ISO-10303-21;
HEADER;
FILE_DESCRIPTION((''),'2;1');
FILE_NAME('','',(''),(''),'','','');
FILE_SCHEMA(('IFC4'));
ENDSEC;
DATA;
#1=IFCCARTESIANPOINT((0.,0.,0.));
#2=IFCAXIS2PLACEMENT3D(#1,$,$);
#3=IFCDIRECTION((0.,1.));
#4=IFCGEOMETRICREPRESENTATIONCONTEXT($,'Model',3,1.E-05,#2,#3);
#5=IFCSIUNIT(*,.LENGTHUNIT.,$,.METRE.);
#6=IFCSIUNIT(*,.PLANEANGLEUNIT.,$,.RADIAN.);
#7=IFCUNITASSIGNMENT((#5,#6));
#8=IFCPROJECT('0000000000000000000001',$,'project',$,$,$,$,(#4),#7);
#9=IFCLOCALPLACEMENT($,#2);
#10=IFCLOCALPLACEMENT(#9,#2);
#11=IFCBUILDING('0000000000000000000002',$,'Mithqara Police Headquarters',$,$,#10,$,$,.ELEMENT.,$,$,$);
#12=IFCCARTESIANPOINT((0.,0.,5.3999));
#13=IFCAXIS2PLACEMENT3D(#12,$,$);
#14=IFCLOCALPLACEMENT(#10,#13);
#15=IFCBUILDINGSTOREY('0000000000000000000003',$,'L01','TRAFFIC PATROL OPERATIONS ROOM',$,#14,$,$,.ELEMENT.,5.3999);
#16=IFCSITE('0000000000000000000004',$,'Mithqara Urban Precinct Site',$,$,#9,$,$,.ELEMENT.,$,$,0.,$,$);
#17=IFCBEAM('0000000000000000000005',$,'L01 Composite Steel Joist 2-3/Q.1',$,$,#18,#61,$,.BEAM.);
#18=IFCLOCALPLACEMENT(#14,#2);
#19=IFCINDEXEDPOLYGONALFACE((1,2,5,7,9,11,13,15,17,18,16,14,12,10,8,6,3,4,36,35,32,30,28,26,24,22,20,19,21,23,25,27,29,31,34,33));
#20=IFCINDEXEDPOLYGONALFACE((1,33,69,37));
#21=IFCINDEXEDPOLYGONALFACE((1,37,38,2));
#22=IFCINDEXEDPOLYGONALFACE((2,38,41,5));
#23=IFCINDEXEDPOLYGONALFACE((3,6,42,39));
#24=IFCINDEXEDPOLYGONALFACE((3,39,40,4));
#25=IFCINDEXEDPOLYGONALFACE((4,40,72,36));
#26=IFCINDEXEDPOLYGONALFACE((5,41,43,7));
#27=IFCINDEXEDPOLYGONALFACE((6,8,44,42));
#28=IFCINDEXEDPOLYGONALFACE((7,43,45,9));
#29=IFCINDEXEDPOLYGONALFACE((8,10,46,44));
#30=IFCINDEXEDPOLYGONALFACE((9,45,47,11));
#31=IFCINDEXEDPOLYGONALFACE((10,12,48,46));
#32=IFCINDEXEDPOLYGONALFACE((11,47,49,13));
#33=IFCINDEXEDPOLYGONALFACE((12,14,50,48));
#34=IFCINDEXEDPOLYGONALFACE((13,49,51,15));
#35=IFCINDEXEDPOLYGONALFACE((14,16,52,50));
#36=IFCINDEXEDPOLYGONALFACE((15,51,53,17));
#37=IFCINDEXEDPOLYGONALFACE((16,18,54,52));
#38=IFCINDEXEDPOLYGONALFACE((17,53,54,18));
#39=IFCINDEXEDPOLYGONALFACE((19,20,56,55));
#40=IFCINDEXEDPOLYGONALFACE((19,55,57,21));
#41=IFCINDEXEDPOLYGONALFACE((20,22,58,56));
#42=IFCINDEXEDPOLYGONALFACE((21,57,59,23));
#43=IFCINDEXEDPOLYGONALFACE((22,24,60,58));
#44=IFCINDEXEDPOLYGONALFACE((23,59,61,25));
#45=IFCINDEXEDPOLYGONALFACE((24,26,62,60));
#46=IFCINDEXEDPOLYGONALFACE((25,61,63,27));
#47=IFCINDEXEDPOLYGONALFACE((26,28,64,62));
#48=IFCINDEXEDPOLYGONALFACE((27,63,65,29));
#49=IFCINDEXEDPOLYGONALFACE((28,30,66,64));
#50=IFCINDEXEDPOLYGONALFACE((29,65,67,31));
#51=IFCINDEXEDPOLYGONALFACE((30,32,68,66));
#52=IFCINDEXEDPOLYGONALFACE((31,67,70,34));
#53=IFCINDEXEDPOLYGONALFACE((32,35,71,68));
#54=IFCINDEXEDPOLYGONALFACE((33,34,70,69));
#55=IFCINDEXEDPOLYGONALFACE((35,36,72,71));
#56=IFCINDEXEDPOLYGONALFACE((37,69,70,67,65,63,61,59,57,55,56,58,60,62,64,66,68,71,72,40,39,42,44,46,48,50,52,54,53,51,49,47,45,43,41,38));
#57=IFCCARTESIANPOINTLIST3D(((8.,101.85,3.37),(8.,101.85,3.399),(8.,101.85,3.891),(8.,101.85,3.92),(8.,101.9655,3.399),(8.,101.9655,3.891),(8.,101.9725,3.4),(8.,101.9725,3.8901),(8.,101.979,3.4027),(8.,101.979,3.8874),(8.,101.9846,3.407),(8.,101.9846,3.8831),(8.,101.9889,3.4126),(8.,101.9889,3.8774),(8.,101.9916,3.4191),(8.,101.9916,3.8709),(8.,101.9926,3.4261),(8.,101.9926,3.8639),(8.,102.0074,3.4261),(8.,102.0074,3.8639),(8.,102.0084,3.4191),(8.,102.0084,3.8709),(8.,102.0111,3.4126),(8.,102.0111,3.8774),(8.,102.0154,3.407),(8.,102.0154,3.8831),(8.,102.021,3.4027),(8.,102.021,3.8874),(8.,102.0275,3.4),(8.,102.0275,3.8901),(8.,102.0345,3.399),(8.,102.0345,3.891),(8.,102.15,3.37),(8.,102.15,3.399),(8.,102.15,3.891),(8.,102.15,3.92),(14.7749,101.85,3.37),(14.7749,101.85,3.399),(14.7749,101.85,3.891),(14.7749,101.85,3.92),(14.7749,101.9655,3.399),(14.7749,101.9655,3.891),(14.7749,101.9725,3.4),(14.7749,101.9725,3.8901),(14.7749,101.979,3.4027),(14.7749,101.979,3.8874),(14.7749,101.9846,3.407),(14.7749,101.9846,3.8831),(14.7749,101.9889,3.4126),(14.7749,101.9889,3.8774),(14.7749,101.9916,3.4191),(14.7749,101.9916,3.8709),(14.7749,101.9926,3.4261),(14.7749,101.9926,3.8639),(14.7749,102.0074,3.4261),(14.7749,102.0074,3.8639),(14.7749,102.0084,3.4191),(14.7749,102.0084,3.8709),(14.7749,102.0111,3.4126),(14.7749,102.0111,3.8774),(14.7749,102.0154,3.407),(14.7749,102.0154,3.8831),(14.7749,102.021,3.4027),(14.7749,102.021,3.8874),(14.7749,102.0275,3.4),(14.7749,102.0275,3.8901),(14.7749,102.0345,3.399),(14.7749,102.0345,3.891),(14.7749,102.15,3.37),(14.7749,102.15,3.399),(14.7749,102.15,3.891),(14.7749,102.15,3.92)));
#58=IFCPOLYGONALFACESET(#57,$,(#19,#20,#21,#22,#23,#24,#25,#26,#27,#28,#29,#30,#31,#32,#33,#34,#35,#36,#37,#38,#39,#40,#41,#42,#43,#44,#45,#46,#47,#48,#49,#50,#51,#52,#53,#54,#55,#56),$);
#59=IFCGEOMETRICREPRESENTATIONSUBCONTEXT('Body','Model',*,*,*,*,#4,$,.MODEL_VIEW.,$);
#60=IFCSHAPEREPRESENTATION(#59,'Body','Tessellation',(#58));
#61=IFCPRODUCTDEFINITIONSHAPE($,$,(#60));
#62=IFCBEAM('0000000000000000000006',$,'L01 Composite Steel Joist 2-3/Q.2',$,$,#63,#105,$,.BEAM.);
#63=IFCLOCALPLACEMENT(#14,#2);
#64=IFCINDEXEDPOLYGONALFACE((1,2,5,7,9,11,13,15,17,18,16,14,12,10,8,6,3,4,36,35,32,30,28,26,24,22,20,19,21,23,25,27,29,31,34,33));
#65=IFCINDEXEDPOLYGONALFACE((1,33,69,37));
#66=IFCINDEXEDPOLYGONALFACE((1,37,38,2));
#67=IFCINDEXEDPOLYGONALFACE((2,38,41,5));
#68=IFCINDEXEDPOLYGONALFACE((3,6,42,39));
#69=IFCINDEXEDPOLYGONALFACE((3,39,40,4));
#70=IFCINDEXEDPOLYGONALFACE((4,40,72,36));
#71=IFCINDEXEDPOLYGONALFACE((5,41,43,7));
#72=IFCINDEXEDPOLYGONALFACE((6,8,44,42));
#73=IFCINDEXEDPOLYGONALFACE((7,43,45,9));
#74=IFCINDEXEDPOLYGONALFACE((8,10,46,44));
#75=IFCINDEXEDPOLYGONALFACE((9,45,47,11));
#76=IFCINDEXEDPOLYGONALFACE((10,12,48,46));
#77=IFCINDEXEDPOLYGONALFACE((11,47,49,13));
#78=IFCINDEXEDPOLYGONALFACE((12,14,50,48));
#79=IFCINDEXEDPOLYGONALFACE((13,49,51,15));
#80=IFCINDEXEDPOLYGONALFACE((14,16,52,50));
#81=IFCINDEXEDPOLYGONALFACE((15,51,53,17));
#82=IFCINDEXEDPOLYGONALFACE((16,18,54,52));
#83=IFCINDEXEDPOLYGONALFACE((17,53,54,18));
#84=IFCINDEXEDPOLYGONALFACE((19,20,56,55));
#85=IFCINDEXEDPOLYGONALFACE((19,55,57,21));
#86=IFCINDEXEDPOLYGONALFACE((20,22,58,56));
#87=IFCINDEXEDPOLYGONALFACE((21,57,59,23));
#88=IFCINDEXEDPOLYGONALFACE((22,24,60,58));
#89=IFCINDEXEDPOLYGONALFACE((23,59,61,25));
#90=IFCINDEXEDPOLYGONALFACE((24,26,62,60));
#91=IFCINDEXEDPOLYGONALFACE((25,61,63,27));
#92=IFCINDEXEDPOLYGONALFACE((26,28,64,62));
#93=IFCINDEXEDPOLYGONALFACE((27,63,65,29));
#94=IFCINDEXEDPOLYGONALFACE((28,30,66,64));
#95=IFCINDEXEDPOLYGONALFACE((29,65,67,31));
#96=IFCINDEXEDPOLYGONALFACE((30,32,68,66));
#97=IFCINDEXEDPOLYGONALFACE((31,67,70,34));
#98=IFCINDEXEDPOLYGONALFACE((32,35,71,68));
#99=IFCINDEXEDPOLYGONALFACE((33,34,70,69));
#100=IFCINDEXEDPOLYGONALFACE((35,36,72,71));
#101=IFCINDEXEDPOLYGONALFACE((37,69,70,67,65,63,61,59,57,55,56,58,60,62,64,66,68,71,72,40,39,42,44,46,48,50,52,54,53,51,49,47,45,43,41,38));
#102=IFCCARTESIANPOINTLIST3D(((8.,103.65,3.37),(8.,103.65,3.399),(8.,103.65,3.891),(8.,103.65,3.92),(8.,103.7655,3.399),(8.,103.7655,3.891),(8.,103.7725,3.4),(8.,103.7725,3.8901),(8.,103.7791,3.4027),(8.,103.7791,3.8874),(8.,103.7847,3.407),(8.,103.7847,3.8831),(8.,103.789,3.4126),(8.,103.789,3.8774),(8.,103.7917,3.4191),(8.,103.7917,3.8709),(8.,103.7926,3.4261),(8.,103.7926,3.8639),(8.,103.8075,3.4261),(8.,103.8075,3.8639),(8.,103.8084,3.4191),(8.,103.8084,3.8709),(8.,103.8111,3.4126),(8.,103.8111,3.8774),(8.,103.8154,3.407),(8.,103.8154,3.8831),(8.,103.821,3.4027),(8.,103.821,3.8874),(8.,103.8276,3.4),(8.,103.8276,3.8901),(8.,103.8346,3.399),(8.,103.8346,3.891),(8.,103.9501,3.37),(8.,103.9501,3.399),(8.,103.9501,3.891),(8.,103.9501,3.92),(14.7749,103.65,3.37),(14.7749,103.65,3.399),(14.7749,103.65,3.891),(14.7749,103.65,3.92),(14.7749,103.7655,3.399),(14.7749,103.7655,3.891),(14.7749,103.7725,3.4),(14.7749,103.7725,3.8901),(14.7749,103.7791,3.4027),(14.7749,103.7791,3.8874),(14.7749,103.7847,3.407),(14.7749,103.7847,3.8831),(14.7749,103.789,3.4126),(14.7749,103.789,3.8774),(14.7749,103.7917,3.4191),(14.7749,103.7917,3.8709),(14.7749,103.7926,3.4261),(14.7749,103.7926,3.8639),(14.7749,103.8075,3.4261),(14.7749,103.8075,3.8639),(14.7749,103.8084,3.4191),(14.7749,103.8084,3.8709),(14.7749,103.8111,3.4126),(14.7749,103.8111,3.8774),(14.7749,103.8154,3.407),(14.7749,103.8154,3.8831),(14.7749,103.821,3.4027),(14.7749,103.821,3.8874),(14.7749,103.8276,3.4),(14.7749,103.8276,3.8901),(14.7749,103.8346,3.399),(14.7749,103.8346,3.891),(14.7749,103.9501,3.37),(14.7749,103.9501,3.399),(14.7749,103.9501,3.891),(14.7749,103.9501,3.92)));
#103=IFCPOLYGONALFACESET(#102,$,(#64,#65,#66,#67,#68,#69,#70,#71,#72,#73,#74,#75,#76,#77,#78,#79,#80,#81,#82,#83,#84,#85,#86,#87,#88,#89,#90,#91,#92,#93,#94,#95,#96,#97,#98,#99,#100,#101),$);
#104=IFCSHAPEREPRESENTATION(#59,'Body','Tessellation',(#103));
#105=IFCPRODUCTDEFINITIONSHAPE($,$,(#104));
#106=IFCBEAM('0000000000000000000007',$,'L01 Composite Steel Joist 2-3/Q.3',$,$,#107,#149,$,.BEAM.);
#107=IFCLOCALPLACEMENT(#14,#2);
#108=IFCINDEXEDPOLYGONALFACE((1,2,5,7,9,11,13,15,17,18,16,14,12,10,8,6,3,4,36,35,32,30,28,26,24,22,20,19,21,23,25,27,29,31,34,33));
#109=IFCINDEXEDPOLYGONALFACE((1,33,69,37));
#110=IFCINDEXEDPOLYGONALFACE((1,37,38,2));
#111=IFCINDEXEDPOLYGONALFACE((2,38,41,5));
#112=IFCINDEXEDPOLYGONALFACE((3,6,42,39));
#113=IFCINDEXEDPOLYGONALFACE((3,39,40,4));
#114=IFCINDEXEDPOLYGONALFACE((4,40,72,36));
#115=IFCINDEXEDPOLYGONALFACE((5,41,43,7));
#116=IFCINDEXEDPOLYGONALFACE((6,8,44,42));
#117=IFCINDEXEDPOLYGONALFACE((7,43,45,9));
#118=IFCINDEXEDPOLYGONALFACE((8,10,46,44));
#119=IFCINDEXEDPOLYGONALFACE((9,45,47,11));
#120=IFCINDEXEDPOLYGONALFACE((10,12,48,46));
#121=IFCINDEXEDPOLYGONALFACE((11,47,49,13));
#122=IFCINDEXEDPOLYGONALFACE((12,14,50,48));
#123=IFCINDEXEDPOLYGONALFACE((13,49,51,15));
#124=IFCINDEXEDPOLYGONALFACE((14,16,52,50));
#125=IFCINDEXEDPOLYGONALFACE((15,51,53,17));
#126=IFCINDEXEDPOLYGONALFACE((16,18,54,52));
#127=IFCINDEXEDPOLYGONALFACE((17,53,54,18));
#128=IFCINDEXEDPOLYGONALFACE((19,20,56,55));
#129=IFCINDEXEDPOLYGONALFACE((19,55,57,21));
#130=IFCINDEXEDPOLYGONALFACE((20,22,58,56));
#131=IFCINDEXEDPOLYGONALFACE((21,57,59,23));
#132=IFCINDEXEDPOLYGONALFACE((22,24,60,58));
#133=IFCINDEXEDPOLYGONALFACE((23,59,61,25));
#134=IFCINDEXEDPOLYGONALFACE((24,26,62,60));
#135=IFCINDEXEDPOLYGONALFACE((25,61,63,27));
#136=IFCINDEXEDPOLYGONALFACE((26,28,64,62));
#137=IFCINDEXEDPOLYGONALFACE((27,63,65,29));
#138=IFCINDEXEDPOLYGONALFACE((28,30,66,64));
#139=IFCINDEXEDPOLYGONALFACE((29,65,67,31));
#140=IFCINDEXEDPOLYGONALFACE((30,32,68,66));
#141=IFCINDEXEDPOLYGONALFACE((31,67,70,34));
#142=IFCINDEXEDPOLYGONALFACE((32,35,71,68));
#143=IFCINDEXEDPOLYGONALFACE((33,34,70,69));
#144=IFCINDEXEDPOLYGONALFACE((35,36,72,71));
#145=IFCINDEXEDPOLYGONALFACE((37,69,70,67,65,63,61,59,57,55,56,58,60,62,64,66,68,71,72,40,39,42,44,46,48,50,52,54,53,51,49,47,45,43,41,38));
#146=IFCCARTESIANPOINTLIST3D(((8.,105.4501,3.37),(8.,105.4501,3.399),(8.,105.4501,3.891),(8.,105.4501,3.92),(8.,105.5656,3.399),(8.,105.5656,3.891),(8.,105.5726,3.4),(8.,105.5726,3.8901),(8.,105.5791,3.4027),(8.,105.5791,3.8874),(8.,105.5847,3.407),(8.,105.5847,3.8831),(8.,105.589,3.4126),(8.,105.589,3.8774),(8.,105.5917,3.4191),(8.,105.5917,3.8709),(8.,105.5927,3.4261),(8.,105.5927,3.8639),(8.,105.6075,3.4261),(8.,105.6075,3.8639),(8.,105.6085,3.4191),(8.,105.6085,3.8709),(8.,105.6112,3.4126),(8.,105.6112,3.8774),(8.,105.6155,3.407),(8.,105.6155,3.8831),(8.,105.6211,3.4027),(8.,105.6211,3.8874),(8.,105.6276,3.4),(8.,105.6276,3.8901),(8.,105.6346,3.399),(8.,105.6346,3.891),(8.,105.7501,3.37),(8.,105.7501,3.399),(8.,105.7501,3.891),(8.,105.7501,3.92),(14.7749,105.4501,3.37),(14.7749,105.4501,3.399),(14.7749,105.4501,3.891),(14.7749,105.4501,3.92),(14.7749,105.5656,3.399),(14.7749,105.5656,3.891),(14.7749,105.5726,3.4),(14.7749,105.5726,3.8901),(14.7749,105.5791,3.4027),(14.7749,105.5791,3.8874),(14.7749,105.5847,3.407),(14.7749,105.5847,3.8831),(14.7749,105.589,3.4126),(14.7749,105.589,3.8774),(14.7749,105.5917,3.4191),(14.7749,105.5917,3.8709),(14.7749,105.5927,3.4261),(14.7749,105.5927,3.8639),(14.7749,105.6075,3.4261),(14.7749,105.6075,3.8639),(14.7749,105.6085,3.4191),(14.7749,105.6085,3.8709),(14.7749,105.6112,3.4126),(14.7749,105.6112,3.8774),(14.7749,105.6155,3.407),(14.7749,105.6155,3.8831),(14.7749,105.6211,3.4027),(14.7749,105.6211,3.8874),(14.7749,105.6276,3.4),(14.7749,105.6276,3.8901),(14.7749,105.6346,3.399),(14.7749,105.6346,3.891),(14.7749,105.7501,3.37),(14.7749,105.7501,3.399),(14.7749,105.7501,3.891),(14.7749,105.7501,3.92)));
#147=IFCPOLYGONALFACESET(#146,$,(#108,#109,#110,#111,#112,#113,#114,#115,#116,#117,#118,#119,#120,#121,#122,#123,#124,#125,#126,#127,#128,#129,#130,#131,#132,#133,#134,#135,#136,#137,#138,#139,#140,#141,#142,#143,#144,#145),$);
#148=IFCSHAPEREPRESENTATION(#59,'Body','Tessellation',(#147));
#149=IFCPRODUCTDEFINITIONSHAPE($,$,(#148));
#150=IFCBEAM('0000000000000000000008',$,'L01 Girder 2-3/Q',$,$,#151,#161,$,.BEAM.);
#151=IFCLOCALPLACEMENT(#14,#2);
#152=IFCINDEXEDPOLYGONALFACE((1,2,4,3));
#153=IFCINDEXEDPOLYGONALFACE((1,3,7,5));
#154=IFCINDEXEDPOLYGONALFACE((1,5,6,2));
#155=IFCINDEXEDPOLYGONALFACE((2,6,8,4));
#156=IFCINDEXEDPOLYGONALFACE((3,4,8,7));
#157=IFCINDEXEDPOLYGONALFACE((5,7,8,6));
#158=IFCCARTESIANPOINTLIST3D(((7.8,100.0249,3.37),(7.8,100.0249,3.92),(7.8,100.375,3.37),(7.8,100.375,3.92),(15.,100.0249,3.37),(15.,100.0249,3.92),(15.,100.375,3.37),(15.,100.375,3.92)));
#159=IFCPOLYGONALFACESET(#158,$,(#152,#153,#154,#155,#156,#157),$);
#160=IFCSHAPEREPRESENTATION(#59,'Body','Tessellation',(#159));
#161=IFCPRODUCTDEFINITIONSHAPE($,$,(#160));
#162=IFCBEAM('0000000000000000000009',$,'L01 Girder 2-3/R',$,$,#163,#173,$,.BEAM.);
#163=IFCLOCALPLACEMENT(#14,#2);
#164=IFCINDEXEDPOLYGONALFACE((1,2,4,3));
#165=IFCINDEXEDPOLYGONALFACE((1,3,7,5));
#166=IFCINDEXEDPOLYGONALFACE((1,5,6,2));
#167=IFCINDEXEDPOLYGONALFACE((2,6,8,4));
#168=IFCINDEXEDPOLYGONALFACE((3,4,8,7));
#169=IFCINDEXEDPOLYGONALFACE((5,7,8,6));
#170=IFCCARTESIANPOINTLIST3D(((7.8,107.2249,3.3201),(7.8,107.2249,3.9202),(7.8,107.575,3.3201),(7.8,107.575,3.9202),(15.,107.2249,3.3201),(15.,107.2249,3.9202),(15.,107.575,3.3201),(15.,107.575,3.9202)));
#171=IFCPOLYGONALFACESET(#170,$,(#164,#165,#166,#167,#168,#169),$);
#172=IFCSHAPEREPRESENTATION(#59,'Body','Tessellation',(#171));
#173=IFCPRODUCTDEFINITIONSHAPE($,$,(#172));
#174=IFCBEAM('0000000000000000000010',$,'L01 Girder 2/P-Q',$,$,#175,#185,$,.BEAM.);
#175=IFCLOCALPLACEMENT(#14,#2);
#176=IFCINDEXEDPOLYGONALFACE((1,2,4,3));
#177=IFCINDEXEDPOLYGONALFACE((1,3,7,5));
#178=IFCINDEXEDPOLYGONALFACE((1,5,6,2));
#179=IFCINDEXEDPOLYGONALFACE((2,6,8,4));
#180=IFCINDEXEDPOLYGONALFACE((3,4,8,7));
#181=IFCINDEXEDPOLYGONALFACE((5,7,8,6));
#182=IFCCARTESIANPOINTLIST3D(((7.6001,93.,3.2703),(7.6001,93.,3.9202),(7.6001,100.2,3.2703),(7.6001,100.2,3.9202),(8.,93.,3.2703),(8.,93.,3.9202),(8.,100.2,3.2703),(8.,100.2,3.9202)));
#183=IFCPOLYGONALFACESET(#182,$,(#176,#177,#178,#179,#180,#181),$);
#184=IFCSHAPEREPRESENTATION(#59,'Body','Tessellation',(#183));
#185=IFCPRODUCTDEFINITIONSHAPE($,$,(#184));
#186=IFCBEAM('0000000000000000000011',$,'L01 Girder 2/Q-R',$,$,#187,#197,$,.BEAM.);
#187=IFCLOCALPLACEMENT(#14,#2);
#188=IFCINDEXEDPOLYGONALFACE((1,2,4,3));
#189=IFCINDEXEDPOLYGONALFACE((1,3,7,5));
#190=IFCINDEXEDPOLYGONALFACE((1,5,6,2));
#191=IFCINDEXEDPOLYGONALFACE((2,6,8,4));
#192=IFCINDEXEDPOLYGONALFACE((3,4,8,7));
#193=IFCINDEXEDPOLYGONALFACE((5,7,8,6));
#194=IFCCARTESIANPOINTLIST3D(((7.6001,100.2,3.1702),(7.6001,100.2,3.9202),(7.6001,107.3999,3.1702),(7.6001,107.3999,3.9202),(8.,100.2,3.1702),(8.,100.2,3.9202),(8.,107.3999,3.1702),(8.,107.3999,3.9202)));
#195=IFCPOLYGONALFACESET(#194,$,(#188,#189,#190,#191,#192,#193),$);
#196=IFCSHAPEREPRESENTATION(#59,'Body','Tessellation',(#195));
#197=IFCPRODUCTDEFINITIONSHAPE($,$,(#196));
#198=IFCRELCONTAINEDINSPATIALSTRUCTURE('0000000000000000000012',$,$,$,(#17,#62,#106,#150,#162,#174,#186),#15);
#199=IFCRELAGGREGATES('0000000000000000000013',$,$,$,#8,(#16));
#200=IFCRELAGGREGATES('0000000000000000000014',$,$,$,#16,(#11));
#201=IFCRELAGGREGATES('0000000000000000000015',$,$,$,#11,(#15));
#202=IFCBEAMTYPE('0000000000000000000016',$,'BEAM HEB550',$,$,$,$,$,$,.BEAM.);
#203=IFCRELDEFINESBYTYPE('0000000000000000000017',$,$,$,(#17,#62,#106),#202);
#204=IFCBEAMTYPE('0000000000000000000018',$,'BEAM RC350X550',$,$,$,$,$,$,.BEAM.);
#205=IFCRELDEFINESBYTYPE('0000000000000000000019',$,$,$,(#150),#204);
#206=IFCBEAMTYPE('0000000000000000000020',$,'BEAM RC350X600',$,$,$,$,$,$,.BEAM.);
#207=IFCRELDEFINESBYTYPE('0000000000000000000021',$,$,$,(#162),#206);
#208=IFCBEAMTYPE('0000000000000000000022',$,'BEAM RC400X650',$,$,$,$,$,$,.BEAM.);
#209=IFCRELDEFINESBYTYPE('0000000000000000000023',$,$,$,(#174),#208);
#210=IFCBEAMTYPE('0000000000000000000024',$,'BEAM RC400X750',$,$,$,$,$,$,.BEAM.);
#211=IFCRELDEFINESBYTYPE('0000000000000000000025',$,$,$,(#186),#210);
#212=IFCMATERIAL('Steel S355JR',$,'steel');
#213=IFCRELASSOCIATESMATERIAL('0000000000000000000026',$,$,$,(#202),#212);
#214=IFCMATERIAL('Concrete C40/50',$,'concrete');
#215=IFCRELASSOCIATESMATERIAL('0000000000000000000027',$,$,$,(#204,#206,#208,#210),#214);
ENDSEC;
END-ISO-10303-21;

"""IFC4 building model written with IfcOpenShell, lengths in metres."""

from ifc_helpers import new_model, si_unit, direction, frame, origin, origin_2d, place, context, subcontext, project, spatial, rectangle, i_section, extrude, material, material_profile, profile_set, type_object, element, save


model = new_model("IFC4")

# Units and contexts
model_context = context("Model", 3, precision=1e-05, world=origin(), true_north=direction((0.0, 1.0)))
body_context = subcontext(model_context, "Body", "Model", "MODEL_VIEW")
ifc_project = project(units=[si_unit("LENGTHUNIT", "METRE"), si_unit("PLANEANGLEUNIT", "RADIAN")], contexts=[model_context])

# Site, building, storey
site_placement = place(None, origin())
site = spatial("IfcSite", under=ifc_project, at=site_placement, Name="Mithqara Urban Precinct Site", CompositionType="ELEMENT", RefElevation=0.0)
building_placement = place(site_placement, origin())
building = spatial("IfcBuilding", under=site, at=building_placement, Name="Mithqara Police Headquarters", CompositionType="ELEMENT")
storey_placement = place(building_placement, frame((0.0, 0.0, 5.3999)))
storey = spatial("IfcBuildingStorey", under=building, at=storey_placement, Name="L01", Description="TRAFFIC PATROL OPERATIONS ROOM", CompositionType="ELEMENT", Elevation=5.3999)

# Beams
ifc_material_1 = material(Name="Steel S355JR", Category="steel")
ifc_material_profile_1 = material_profile(ifc_material_1, i_section(OverallWidth=0.3, OverallDepth=0.55, WebThickness=0.0149, FlangeThickness=0.0291, FilletRadius=0.0271, at=origin_2d()), Name="HEB 550")
ifc_profile_set_1 = profile_set([ifc_material_profile_1], Name="Steel S355JR")
beam_type_1 = type_object("IfcBeamType", Name="BEAM HEB550", PredefinedType="BEAM", material=ifc_profile_set_1)
for number, where, z_axis, x_axis, name in (
    (1, (8.0, 102.0, 3.645), (1.0, 0.0, 0.0), (0.0, 1.0, 0.0), "L01 Composite Steel Joist 2-3/Q.1"),
    (2, (8.0, 103.8, 3.645), (1.0, 0.0, 0.0), (0.0, 1.0, 0.0), "L01 Composite Steel Joist 2-3/Q.2"),
    (3, (8.0, 105.6001, 3.645), (1.0, 0.0, 0.0), (0.0, 1.0, 0.0), "L01 Composite Steel Joist 2-3/Q.3"),
):
    element("IfcBeam", number, at=place(storey_placement, frame(where, z_axis=z_axis, x_axis=x_axis)), inside=storey, type_object=beam_type_1, Name=name, PredefinedType="BEAM", context=body_context, shape_type="SweptSolid", body=[
        extrude(i_section(OverallWidth=0.3, OverallDepth=0.55, WebThickness=0.0149, FlangeThickness=0.0291, FilletRadius=0.0271, at=origin_2d()), origin(), (0.0, 0.0, 1.0), 6.7749),
    ])
ifc_material_2 = material(Name="Concrete C40/50", Category="concrete")
ifc_material_profile_2 = material_profile(ifc_material_2, rectangle(XDim=0.3501, YDim=0.55, at=origin_2d()), Name="RC 350x550")
ifc_profile_set_2 = profile_set([ifc_material_profile_2], Name="Concrete C40/50")
beam_type_2 = type_object("IfcBeamType", Name="BEAM RC350X550", PredefinedType="BEAM", material=ifc_profile_set_2)
beam_1_placement = place(storey_placement, frame((7.8, 100.2, 3.645), z_axis=(1.0, 0.0, 0.0), x_axis=(0.0, 1.0, 0.0)))
element("IfcBeam", 4, at=beam_1_placement, inside=storey, type_object=beam_type_2, Name="L01 Girder 2-3/Q", PredefinedType="BEAM", context=body_context, shape_type="SweptSolid", body=[
    extrude(rectangle(XDim=0.3501, YDim=0.55, at=origin_2d()), origin(), (0.0, 0.0, 1.0), 7.2),
])
ifc_material_profile_3 = material_profile(ifc_material_2, rectangle(XDim=0.3501, YDim=0.6001, at=origin_2d()), Name="RC 350x600")
ifc_profile_set_3 = profile_set([ifc_material_profile_3], Name="Concrete C40/50")
beam_type_3 = type_object("IfcBeamType", Name="BEAM RC350X600", PredefinedType="BEAM", material=ifc_profile_set_3)
beam_2_placement = place(storey_placement, frame((7.8, 107.3999, 3.6201), z_axis=(1.0, 0.0, 0.0), x_axis=(0.0, 1.0, 0.0)))
element("IfcBeam", 5, at=beam_2_placement, inside=storey, type_object=beam_type_3, Name="L01 Girder 2-3/R", PredefinedType="BEAM", context=body_context, shape_type="SweptSolid", body=[
    extrude(rectangle(XDim=0.3501, YDim=0.6001, at=origin_2d()), origin(), (0.0, 0.0, 1.0), 7.2),
])
ifc_material_profile_4 = material_profile(ifc_material_2, rectangle(XDim=0.3999, YDim=0.6499, at=origin_2d()), Name="RC 400x650")
ifc_profile_set_4 = profile_set([ifc_material_profile_4], Name="Concrete C40/50")
beam_type_4 = type_object("IfcBeamType", Name="BEAM RC400X650", PredefinedType="BEAM", material=ifc_profile_set_4)
beam_3_placement = place(storey_placement, frame((7.8, 93.0, 3.5952), z_axis=(0.0, 1.0, 0.0), x_axis=(-1.0, 0.0, 0.0)))
element("IfcBeam", 6, at=beam_3_placement, inside=storey, type_object=beam_type_4, Name="L01 Girder 2/P-Q", PredefinedType="BEAM", context=body_context, shape_type="SweptSolid", body=[
    extrude(rectangle(XDim=0.3999, YDim=0.6499, at=origin_2d()), origin(), (0.0, 0.0, 1.0), 7.2),
])
ifc_material_profile_5 = material_profile(ifc_material_2, rectangle(XDim=0.3999, YDim=0.75, at=origin_2d()), Name="RC 400x750")
ifc_profile_set_5 = profile_set([ifc_material_profile_5], Name="Concrete C40/50")
beam_type_5 = type_object("IfcBeamType", Name="BEAM RC400X750", PredefinedType="BEAM", material=ifc_profile_set_5)
beam_4_placement = place(storey_placement, frame((7.8, 100.2, 3.5452), z_axis=(0.0, 1.0, 0.0), x_axis=(-1.0, 0.0, 0.0)))
element("IfcBeam", 7, at=beam_4_placement, inside=storey, type_object=beam_type_5, Name="L01 Girder 2/Q-R", PredefinedType="BEAM", context=body_context, shape_type="SweptSolid", body=[
    extrude(rectangle(XDim=0.3999, YDim=0.75, at=origin_2d()), origin(), (0.0, 0.0, 1.0), 7.2),
])

save(model, "model.ifc")
